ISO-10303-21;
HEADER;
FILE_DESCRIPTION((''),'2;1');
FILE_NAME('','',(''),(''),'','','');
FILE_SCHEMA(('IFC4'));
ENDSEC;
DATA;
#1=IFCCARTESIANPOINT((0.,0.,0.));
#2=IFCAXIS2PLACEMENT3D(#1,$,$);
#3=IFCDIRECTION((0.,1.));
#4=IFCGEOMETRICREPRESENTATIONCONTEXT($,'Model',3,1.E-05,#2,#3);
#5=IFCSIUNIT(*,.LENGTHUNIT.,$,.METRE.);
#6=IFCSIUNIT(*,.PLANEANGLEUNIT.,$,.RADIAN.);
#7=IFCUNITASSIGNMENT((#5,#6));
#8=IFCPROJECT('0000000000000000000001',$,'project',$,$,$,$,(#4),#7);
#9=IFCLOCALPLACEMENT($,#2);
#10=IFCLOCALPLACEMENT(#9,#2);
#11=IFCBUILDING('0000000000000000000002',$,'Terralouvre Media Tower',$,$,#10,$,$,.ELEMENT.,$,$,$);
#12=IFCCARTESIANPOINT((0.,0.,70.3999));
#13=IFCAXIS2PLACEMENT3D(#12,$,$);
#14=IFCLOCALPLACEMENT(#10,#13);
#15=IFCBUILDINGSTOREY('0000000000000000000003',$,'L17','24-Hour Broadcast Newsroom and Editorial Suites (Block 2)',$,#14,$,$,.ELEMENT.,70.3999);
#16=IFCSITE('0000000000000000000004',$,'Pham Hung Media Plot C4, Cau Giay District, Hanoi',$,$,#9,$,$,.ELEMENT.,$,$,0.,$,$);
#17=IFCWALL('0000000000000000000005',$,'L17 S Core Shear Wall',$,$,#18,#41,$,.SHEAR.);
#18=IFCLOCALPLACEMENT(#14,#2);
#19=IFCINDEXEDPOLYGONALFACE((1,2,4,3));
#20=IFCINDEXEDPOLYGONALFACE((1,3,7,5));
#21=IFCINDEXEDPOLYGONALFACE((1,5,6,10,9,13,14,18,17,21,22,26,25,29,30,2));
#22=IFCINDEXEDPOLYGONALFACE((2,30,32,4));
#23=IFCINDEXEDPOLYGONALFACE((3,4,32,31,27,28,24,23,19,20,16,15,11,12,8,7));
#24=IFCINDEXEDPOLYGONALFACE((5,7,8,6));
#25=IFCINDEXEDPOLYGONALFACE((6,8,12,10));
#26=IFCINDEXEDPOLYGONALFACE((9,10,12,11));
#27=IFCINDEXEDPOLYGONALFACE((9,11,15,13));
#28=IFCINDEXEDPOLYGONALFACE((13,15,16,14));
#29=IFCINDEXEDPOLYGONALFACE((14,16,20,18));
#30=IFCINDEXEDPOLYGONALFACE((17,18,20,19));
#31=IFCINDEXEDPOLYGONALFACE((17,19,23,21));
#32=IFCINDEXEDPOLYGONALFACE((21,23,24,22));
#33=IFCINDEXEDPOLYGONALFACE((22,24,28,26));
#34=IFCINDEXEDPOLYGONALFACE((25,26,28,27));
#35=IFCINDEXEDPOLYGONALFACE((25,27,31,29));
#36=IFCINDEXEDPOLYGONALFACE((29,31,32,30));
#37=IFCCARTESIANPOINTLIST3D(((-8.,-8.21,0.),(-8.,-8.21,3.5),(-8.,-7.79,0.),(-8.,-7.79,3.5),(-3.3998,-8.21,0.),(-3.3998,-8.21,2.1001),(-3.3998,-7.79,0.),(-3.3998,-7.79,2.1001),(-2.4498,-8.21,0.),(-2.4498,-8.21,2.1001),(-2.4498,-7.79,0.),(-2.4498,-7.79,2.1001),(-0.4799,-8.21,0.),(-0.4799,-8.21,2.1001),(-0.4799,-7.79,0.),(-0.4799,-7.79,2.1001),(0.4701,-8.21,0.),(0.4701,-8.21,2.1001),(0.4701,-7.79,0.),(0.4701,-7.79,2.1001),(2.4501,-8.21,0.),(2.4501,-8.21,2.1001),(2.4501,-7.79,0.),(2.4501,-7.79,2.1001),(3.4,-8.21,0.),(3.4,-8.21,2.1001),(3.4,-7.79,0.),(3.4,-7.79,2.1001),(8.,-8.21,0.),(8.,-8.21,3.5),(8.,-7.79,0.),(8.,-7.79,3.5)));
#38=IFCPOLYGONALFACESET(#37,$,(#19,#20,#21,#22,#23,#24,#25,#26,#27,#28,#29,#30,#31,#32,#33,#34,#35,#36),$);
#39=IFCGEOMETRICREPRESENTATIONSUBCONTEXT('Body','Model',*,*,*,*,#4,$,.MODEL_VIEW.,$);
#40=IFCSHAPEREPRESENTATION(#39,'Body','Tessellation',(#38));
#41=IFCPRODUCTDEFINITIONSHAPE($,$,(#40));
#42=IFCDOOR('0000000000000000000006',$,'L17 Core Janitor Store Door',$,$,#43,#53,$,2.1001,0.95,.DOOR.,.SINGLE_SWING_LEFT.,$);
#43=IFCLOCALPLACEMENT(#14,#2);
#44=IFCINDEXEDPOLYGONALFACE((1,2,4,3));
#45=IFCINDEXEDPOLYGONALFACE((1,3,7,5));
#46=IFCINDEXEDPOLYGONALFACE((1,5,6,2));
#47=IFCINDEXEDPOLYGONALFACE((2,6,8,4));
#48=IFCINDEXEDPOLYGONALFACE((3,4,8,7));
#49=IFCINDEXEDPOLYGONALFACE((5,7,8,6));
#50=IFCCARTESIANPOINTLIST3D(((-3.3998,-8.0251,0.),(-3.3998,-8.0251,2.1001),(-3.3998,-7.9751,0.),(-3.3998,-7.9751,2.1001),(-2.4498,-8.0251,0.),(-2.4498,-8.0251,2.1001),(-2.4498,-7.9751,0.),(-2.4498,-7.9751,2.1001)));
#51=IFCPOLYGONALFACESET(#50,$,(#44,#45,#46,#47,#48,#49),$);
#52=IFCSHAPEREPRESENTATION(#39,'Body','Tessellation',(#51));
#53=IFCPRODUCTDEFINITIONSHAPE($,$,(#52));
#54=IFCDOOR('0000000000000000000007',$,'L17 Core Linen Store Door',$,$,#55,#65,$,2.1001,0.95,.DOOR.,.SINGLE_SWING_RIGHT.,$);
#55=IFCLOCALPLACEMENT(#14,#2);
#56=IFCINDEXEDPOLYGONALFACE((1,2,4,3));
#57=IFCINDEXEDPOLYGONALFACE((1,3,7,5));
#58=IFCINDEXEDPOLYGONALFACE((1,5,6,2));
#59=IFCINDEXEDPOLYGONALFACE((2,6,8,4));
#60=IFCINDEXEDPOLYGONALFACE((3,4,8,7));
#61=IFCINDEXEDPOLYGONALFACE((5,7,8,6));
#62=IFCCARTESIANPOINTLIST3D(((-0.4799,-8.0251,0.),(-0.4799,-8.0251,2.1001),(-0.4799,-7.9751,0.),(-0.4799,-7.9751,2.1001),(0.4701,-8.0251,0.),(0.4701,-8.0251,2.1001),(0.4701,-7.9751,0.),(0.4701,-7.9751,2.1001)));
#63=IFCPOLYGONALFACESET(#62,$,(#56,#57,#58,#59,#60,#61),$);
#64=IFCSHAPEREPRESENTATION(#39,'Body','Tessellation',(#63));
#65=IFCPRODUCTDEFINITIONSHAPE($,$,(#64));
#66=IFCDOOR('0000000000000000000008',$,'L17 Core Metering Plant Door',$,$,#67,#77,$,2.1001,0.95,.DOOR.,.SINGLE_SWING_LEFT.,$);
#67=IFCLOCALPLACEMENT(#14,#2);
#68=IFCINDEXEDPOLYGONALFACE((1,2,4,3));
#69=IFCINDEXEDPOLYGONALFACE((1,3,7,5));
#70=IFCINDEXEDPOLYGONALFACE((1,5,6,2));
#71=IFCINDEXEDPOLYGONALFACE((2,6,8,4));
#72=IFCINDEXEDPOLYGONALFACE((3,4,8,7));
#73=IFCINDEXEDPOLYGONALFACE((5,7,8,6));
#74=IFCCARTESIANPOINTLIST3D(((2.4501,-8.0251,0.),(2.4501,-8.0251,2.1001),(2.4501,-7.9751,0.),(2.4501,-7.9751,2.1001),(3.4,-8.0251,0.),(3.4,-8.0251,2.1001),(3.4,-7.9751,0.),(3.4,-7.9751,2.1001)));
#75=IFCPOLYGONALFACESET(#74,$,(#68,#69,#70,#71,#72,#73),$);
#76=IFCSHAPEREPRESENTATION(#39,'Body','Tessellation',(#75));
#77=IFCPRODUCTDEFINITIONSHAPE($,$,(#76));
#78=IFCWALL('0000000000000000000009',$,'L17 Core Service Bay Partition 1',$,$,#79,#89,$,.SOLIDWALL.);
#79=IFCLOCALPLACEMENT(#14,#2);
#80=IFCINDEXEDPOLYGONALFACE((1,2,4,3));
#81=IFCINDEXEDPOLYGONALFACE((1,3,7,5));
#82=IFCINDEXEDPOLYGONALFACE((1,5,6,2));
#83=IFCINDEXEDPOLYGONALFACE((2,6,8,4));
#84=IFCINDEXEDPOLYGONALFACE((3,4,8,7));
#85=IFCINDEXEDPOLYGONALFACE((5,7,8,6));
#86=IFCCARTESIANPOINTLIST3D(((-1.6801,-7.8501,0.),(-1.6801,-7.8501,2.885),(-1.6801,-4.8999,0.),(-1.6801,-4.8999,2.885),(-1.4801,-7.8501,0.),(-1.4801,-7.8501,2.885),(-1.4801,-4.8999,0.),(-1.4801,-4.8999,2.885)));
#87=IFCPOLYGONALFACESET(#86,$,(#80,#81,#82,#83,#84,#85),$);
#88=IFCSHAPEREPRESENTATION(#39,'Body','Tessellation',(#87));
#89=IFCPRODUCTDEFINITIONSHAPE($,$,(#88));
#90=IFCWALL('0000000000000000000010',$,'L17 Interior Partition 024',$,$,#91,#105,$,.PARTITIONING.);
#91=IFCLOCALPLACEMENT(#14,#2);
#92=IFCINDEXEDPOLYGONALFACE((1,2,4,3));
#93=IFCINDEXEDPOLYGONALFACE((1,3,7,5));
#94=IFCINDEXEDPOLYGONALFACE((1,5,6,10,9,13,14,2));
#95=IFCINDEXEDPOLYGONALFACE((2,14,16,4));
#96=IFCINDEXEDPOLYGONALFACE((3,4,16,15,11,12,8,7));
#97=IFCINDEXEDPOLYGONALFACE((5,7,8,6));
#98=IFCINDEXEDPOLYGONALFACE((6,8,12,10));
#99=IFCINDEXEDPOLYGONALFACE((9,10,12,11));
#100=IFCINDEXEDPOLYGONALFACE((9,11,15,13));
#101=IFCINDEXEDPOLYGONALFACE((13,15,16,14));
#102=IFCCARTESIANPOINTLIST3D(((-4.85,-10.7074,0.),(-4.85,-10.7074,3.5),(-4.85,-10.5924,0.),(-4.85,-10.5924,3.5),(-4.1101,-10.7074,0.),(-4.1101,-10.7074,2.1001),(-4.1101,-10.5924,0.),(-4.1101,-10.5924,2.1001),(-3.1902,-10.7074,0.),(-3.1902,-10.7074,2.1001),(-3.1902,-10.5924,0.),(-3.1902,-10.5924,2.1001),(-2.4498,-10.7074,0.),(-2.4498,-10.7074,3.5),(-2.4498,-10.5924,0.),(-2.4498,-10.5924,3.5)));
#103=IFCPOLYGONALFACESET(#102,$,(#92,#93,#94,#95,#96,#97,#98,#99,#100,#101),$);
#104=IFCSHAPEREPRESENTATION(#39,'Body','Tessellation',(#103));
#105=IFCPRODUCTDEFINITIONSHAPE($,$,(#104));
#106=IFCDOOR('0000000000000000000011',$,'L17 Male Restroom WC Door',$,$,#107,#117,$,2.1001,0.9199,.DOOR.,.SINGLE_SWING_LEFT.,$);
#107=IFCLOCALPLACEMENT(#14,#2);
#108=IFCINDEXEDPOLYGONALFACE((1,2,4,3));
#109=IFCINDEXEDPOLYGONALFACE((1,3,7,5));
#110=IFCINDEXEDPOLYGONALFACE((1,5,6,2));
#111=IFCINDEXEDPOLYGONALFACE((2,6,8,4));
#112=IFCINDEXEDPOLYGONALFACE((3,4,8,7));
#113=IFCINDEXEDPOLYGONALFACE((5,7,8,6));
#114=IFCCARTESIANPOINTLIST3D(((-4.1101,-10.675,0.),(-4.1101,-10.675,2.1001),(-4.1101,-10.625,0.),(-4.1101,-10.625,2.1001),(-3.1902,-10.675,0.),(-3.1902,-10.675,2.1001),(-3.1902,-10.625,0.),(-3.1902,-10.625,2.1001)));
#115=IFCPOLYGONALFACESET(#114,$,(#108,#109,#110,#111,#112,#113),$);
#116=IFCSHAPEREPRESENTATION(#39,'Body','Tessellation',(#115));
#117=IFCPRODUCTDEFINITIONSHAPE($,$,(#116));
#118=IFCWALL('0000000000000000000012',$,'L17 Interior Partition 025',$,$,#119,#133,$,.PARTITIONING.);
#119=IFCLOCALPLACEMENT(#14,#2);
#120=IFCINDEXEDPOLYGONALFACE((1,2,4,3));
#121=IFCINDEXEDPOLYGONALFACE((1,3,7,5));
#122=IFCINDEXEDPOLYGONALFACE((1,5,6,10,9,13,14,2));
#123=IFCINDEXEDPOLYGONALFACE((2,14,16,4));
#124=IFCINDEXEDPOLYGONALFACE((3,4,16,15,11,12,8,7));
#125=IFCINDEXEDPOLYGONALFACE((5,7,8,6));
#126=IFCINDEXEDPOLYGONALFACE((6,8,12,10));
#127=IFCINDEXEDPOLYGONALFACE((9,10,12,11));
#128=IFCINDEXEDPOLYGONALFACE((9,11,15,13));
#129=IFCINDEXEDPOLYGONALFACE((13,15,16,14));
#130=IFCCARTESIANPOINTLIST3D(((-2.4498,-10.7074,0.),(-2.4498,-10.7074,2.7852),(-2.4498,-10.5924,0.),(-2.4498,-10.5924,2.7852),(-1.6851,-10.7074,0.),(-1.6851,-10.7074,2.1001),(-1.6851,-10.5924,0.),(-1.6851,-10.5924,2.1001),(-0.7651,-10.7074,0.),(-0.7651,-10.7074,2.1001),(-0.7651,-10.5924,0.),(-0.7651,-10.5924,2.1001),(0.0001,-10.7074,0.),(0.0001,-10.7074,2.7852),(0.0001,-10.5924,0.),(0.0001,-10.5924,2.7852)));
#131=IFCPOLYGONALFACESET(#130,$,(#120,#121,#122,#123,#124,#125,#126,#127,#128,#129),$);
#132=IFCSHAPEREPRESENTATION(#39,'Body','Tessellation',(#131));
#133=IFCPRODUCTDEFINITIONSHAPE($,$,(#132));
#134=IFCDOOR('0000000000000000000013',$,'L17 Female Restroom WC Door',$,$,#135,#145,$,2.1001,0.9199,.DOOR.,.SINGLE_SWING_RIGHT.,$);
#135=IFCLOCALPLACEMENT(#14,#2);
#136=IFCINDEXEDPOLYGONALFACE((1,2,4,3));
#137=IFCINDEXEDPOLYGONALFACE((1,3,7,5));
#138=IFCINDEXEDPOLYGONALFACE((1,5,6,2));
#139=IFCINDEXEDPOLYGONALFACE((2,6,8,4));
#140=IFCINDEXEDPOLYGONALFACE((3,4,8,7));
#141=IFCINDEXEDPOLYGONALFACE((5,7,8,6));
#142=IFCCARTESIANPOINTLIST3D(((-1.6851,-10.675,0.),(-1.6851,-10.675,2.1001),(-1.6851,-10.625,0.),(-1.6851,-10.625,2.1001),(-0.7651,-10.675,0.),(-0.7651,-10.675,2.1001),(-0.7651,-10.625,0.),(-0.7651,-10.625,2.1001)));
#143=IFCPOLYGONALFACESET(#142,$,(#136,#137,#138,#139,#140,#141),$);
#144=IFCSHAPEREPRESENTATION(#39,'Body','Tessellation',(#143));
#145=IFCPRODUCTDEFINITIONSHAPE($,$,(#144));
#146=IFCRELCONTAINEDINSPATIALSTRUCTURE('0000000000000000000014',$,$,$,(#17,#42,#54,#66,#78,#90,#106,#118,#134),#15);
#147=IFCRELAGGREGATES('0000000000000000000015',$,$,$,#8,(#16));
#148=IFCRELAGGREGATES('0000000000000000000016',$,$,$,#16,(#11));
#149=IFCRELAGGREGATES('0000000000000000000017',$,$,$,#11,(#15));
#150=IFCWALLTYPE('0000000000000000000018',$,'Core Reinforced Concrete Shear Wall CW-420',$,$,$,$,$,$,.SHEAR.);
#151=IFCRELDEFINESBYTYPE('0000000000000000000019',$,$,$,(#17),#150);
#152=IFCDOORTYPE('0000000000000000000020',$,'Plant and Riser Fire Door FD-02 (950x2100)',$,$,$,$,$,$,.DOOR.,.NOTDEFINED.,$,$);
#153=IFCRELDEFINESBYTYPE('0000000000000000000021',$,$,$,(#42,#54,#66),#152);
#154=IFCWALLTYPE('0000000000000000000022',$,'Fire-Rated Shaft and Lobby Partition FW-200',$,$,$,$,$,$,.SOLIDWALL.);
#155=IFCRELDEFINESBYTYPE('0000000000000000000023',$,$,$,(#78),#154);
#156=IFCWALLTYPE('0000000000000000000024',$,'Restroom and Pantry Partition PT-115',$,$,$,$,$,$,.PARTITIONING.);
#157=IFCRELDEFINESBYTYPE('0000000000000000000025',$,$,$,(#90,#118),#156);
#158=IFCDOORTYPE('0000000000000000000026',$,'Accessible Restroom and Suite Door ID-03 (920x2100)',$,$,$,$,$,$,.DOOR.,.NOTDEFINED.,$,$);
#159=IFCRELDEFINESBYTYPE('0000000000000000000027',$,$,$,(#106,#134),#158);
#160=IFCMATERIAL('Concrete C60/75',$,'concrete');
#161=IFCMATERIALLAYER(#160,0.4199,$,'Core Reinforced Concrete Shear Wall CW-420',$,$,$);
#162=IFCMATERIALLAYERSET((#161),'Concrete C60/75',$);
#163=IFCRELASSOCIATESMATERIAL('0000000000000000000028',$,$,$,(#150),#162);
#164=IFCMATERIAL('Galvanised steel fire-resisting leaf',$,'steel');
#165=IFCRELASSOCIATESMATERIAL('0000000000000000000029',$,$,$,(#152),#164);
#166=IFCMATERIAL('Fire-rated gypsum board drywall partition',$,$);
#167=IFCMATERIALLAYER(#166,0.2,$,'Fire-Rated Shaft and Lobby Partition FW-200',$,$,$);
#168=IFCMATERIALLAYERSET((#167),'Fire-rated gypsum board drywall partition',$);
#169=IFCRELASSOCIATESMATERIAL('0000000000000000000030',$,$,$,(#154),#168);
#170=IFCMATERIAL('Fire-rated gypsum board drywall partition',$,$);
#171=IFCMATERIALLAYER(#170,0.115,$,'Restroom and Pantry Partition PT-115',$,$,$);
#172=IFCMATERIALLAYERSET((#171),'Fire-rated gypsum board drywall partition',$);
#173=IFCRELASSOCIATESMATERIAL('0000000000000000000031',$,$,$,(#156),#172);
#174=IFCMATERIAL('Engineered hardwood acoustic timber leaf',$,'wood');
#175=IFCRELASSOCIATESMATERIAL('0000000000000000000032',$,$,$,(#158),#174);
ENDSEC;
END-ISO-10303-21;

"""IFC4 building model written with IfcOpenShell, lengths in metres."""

from ifc_helpers import new_model, si_unit, direction, frame, frame_2d, origin, place, context, subcontext, project, spatial, rectangle, extrude, material, layer, layer_set, type_object, element, fill, save


model = new_model("IFC4")

# Units and contexts
model_context = context("Model", 3, precision=1e-05, world=origin(), true_north=direction((0.0, 1.0)))
body_context = subcontext(model_context, "Body", "Model", "MODEL_VIEW")
ifc_project = project(units=[si_unit("LENGTHUNIT", "METRE"), si_unit("PLANEANGLEUNIT", "RADIAN")], contexts=[model_context])

# Site, building, storey
site_placement = place(None, origin())
site = spatial("IfcSite", under=ifc_project, at=site_placement, Name="Pham Hung Media Plot C4, Cau Giay District, Hanoi", CompositionType="ELEMENT", RefElevation=0.0)
building_placement = place(site_placement, origin())
building = spatial("IfcBuilding", under=site, at=building_placement, Name="Terralouvre Media Tower", CompositionType="ELEMENT")
storey_placement = place(building_placement, frame((0.0, 0.0, 70.3999)))
storey = spatial("IfcBuildingStorey", under=building, at=storey_placement, Name="L17", Description="24-Hour Broadcast Newsroom and Editorial Suites (Block 2)", CompositionType="ELEMENT", Elevation=70.3999)

# Wall, openings, doors
ifc_material_1 = material(Name="Concrete C60/75", Category="concrete")
ifc_layer_1 = layer(ifc_material_1, 0.4199, Name="Core Reinforced Concrete Shear Wall CW-420")
ifc_layer_set_1 = layer_set([ifc_layer_1], Name="Concrete C60/75")
wall_type_1 = type_object("IfcWallType", Name="Core Reinforced Concrete Shear Wall CW-420", PredefinedType="SHEAR", material=ifc_layer_set_1)
wall_1_placement = place(storey_placement, frame((-8.0, -8.0, 0.0), z_axis=(0.0, 0.0, 1.0), x_axis=(1.0, 0.0, 0.0)))
wall_1 = element("IfcWall", 1, at=wall_1_placement, inside=storey, type_object=wall_type_1, Name="L17 S Core Shear Wall", PredefinedType="SHEAR", context=body_context, shape_type="SweptSolid", body=[
    extrude(rectangle(XDim=16.0, YDim=0.4199, at=frame_2d((8.0, 0.0))), origin(), (0.0, 0.0, 1.0), 3.5),
])
opening_1_placement = place(wall_1_placement, frame((4.6001, 0.0, 0.0)))
opening_1 = element("IfcOpeningElement", 2, at=opening_1_placement, cuts=wall_1, PredefinedType="OPENING", context=body_context, shape_type="SweptSolid", body=[
    extrude(rectangle(XDim=0.95, YDim=2.1001, at=frame_2d((0.4751, 1.05))), frame((0.0, 0.22, 0.0), z_axis=(0.0, -1.0, 0.0), x_axis=(1.0, 0.0, 0.0)), (0.0, 0.0, 1.0), 0.4399),
])
opening_2_placement = place(wall_1_placement, frame((7.52, 0.0, 0.0)))
opening_2 = element("IfcOpeningElement", 3, at=opening_2_placement, cuts=wall_1, PredefinedType="OPENING", context=body_context, shape_type="SweptSolid", body=[
    extrude(rectangle(XDim=0.95, YDim=2.1001, at=frame_2d((0.4751, 1.05))), frame((0.0, 0.22, 0.0), z_axis=(0.0, -1.0, 0.0), x_axis=(1.0, 0.0, 0.0)), (0.0, 0.0, 1.0), 0.4399),
])
opening_3_placement = place(wall_1_placement, frame((10.45, 0.0, 0.0)))
opening_3 = element("IfcOpeningElement", 4, at=opening_3_placement, cuts=wall_1, PredefinedType="OPENING", context=body_context, shape_type="SweptSolid", body=[
    extrude(rectangle(XDim=0.95, YDim=2.1001, at=frame_2d((0.4751, 1.05))), frame((0.0, 0.22, 0.0), z_axis=(0.0, -1.0, 0.0), x_axis=(1.0, 0.0, 0.0)), (0.0, 0.0, 1.0), 0.4399),
])
ifc_material_2 = material(Name="Galvanised steel fire-resisting leaf", Category="steel")
door_type_1 = type_object("IfcDoorType", Name="Plant and Riser Fire Door FD-02 (950x2100)", OperationType="NOTDEFINED", PredefinedType="DOOR", material=ifc_material_2)
door_1_placement = place(opening_1_placement, origin())
door_1 = element("IfcDoor", 5, at=door_1_placement, inside=storey, type_object=door_type_1, Name="L17 Core Janitor Store Door", OperationType="SINGLE_SWING_LEFT", OverallHeight=2.1001, OverallWidth=0.95, PredefinedType="DOOR", context=body_context, shape_type="SweptSolid", body=[
    extrude(rectangle(XDim=0.95, YDim=2.1001, at=frame_2d((0.4751, 1.05))), frame((0.0, 0.0249, 0.0), z_axis=(0.0, -1.0, 0.0), x_axis=(1.0, 0.0, 0.0)), (0.0, 0.0, 1.0), 0.05),
])
fill(opening_1, door_1)
door_2_placement = place(opening_2_placement, origin())
door_2 = element("IfcDoor", 6, at=door_2_placement, inside=storey, type_object=door_type_1, Name="L17 Core Linen Store Door", OperationType="SINGLE_SWING_RIGHT", OverallHeight=2.1001, OverallWidth=0.95, PredefinedType="DOOR", context=body_context, shape_type="SweptSolid", body=[
    extrude(rectangle(XDim=0.95, YDim=2.1001, at=frame_2d((0.4751, 1.05))), frame((0.0, 0.0249, 0.0), z_axis=(0.0, -1.0, 0.0), x_axis=(1.0, 0.0, 0.0)), (0.0, 0.0, 1.0), 0.05),
])
fill(opening_2, door_2)
door_3_placement = place(opening_3_placement, origin())
door_3 = element("IfcDoor", 7, at=door_3_placement, inside=storey, type_object=door_type_1, Name="L17 Core Metering Plant Door", OperationType="SINGLE_SWING_LEFT", OverallHeight=2.1001, OverallWidth=0.95, PredefinedType="DOOR", context=body_context, shape_type="SweptSolid", body=[
    extrude(rectangle(XDim=0.95, YDim=2.1001, at=frame_2d((0.4751, 1.05))), frame((0.0, 0.0249, 0.0), z_axis=(0.0, -1.0, 0.0), x_axis=(1.0, 0.0, 0.0)), (0.0, 0.0, 1.0), 0.05),
])
fill(opening_3, door_3)

# Wall
ifc_material_3 = material(Name="Fire-rated gypsum board drywall partition")
ifc_layer_2 = layer(ifc_material_3, 0.2, Name="Fire-Rated Shaft and Lobby Partition FW-200")
ifc_layer_set_2 = layer_set([ifc_layer_2], Name="Fire-rated gypsum board drywall partition")
wall_type_2 = type_object("IfcWallType", Name="Fire-Rated Shaft and Lobby Partition FW-200", PredefinedType="SOLIDWALL", material=ifc_layer_set_2)
wall_2_placement = place(storey_placement, frame((-1.5801, -7.8501, 0.0), z_axis=(0.0, 0.0, 1.0), x_axis=(0.0, 1.0, 0.0)))
element("IfcWall", 8, at=wall_2_placement, inside=storey, type_object=wall_type_2, Name="L17 Core Service Bay Partition 1", PredefinedType="SOLIDWALL", context=body_context, shape_type="SweptSolid", body=[
    extrude(rectangle(XDim=2.9502, YDim=0.2, at=frame_2d((1.4751, 0.0))), origin(), (0.0, 0.0, 1.0), 2.885),
])

# Walls, openings, doors
ifc_material_4 = material(Name="Fire-rated gypsum board drywall partition")
ifc_layer_3 = layer(ifc_material_4, 0.115, Name="Restroom and Pantry Partition PT-115")
ifc_layer_set_3 = layer_set([ifc_layer_3], Name="Fire-rated gypsum board drywall partition")
wall_type_3 = type_object("IfcWallType", Name="Restroom and Pantry Partition PT-115", PredefinedType="PARTITIONING", material=ifc_layer_set_3)
wall_3_placement = place(storey_placement, frame((-4.8501, -10.6499, 0.0), z_axis=(0.0, 0.0, 1.0), x_axis=(1.0, 0.0, 0.0)))
wall_3 = element("IfcWall", 9, at=wall_3_placement, inside=storey, type_object=wall_type_3, Name="L17 Interior Partition 024", PredefinedType="PARTITIONING", context=body_context, shape_type="SweptSolid", body=[
    extrude(rectangle(XDim=2.4001, YDim=0.115, at=frame_2d((1.2002, 0.0))), origin(), (0.0, 0.0, 1.0), 3.5),
])
opening_4_placement = place(wall_3_placement, frame((0.74, 0.0, 0.0)))
opening_4 = element("IfcOpeningElement", 10, at=opening_4_placement, cuts=wall_3, PredefinedType="OPENING", context=body_context, shape_type="SweptSolid", body=[
    extrude(rectangle(XDim=0.9199, YDim=2.1001, at=frame_2d((0.46, 1.05))), frame((0.0, 0.0674, 0.0), z_axis=(0.0, -1.0, 0.0), x_axis=(1.0, 0.0, 0.0)), (0.0, 0.0, 1.0), 0.135),
])
ifc_material_5 = material(Name="Engineered hardwood acoustic timber leaf", Category="wood")
door_type_2 = type_object("IfcDoorType", Name="Accessible Restroom and Suite Door ID-03 (920x2100)", OperationType="NOTDEFINED", PredefinedType="DOOR", material=ifc_material_5)
door_4_placement = place(opening_4_placement, origin())
door_4 = element("IfcDoor", 11, at=door_4_placement, inside=storey, type_object=door_type_2, Name="L17 Male Restroom WC Door", OperationType="SINGLE_SWING_LEFT", OverallHeight=2.1001, OverallWidth=0.9199, PredefinedType="DOOR", context=body_context, shape_type="SweptSolid", body=[
    extrude(rectangle(XDim=0.9199, YDim=2.1001, at=frame_2d((0.46, 1.05))), frame((0.0, 0.0249, 0.0), z_axis=(0.0, -1.0, 0.0), x_axis=(1.0, 0.0, 0.0)), (0.0, 0.0, 1.0), 0.05),
])
fill(opening_4, door_4)
wall_4_placement = place(storey_placement, frame((-2.45, -10.6499, 0.0), z_axis=(0.0, 0.0, 1.0), x_axis=(1.0, 0.0, 0.0)))
wall_4 = element("IfcWall", 12, at=wall_4_placement, inside=storey, type_object=wall_type_3, Name="L17 Interior Partition 025", PredefinedType="PARTITIONING", context=body_context, shape_type="SweptSolid", body=[
    extrude(rectangle(XDim=2.45, YDim=0.115, at=frame_2d((1.2251, 0.0))), origin(), (0.0, 0.0, 1.0), 2.7852),
])
opening_5_placement = place(wall_4_placement, frame((0.7649, 0.0, 0.0)))
opening_5 = element("IfcOpeningElement", 13, at=opening_5_placement, cuts=wall_4, PredefinedType="OPENING", context=body_context, shape_type="SweptSolid", body=[
    extrude(rectangle(XDim=0.9199, YDim=2.1001, at=frame_2d((0.46, 1.05))), frame((0.0, 0.0674, 0.0), z_axis=(0.0, -1.0, 0.0), x_axis=(1.0, 0.0, 0.0)), (0.0, 0.0, 1.0), 0.135),
])
door_5_placement = place(opening_5_placement, origin())
door_5 = element("IfcDoor", 14, at=door_5_placement, inside=storey, type_object=door_type_2, Name="L17 Female Restroom WC Door", OperationType="SINGLE_SWING_RIGHT", OverallHeight=2.1001, OverallWidth=0.9199, PredefinedType="DOOR", context=body_context, shape_type="SweptSolid", body=[
    extrude(rectangle(XDim=0.9199, YDim=2.1001, at=frame_2d((0.46, 1.05))), frame((0.0, 0.0249, 0.0), z_axis=(0.0, -1.0, 0.0), x_axis=(1.0, 0.0, 0.0)), (0.0, 0.0, 1.0), 0.05),
])
fill(opening_5, door_5)

save(model, "model.ifc")
